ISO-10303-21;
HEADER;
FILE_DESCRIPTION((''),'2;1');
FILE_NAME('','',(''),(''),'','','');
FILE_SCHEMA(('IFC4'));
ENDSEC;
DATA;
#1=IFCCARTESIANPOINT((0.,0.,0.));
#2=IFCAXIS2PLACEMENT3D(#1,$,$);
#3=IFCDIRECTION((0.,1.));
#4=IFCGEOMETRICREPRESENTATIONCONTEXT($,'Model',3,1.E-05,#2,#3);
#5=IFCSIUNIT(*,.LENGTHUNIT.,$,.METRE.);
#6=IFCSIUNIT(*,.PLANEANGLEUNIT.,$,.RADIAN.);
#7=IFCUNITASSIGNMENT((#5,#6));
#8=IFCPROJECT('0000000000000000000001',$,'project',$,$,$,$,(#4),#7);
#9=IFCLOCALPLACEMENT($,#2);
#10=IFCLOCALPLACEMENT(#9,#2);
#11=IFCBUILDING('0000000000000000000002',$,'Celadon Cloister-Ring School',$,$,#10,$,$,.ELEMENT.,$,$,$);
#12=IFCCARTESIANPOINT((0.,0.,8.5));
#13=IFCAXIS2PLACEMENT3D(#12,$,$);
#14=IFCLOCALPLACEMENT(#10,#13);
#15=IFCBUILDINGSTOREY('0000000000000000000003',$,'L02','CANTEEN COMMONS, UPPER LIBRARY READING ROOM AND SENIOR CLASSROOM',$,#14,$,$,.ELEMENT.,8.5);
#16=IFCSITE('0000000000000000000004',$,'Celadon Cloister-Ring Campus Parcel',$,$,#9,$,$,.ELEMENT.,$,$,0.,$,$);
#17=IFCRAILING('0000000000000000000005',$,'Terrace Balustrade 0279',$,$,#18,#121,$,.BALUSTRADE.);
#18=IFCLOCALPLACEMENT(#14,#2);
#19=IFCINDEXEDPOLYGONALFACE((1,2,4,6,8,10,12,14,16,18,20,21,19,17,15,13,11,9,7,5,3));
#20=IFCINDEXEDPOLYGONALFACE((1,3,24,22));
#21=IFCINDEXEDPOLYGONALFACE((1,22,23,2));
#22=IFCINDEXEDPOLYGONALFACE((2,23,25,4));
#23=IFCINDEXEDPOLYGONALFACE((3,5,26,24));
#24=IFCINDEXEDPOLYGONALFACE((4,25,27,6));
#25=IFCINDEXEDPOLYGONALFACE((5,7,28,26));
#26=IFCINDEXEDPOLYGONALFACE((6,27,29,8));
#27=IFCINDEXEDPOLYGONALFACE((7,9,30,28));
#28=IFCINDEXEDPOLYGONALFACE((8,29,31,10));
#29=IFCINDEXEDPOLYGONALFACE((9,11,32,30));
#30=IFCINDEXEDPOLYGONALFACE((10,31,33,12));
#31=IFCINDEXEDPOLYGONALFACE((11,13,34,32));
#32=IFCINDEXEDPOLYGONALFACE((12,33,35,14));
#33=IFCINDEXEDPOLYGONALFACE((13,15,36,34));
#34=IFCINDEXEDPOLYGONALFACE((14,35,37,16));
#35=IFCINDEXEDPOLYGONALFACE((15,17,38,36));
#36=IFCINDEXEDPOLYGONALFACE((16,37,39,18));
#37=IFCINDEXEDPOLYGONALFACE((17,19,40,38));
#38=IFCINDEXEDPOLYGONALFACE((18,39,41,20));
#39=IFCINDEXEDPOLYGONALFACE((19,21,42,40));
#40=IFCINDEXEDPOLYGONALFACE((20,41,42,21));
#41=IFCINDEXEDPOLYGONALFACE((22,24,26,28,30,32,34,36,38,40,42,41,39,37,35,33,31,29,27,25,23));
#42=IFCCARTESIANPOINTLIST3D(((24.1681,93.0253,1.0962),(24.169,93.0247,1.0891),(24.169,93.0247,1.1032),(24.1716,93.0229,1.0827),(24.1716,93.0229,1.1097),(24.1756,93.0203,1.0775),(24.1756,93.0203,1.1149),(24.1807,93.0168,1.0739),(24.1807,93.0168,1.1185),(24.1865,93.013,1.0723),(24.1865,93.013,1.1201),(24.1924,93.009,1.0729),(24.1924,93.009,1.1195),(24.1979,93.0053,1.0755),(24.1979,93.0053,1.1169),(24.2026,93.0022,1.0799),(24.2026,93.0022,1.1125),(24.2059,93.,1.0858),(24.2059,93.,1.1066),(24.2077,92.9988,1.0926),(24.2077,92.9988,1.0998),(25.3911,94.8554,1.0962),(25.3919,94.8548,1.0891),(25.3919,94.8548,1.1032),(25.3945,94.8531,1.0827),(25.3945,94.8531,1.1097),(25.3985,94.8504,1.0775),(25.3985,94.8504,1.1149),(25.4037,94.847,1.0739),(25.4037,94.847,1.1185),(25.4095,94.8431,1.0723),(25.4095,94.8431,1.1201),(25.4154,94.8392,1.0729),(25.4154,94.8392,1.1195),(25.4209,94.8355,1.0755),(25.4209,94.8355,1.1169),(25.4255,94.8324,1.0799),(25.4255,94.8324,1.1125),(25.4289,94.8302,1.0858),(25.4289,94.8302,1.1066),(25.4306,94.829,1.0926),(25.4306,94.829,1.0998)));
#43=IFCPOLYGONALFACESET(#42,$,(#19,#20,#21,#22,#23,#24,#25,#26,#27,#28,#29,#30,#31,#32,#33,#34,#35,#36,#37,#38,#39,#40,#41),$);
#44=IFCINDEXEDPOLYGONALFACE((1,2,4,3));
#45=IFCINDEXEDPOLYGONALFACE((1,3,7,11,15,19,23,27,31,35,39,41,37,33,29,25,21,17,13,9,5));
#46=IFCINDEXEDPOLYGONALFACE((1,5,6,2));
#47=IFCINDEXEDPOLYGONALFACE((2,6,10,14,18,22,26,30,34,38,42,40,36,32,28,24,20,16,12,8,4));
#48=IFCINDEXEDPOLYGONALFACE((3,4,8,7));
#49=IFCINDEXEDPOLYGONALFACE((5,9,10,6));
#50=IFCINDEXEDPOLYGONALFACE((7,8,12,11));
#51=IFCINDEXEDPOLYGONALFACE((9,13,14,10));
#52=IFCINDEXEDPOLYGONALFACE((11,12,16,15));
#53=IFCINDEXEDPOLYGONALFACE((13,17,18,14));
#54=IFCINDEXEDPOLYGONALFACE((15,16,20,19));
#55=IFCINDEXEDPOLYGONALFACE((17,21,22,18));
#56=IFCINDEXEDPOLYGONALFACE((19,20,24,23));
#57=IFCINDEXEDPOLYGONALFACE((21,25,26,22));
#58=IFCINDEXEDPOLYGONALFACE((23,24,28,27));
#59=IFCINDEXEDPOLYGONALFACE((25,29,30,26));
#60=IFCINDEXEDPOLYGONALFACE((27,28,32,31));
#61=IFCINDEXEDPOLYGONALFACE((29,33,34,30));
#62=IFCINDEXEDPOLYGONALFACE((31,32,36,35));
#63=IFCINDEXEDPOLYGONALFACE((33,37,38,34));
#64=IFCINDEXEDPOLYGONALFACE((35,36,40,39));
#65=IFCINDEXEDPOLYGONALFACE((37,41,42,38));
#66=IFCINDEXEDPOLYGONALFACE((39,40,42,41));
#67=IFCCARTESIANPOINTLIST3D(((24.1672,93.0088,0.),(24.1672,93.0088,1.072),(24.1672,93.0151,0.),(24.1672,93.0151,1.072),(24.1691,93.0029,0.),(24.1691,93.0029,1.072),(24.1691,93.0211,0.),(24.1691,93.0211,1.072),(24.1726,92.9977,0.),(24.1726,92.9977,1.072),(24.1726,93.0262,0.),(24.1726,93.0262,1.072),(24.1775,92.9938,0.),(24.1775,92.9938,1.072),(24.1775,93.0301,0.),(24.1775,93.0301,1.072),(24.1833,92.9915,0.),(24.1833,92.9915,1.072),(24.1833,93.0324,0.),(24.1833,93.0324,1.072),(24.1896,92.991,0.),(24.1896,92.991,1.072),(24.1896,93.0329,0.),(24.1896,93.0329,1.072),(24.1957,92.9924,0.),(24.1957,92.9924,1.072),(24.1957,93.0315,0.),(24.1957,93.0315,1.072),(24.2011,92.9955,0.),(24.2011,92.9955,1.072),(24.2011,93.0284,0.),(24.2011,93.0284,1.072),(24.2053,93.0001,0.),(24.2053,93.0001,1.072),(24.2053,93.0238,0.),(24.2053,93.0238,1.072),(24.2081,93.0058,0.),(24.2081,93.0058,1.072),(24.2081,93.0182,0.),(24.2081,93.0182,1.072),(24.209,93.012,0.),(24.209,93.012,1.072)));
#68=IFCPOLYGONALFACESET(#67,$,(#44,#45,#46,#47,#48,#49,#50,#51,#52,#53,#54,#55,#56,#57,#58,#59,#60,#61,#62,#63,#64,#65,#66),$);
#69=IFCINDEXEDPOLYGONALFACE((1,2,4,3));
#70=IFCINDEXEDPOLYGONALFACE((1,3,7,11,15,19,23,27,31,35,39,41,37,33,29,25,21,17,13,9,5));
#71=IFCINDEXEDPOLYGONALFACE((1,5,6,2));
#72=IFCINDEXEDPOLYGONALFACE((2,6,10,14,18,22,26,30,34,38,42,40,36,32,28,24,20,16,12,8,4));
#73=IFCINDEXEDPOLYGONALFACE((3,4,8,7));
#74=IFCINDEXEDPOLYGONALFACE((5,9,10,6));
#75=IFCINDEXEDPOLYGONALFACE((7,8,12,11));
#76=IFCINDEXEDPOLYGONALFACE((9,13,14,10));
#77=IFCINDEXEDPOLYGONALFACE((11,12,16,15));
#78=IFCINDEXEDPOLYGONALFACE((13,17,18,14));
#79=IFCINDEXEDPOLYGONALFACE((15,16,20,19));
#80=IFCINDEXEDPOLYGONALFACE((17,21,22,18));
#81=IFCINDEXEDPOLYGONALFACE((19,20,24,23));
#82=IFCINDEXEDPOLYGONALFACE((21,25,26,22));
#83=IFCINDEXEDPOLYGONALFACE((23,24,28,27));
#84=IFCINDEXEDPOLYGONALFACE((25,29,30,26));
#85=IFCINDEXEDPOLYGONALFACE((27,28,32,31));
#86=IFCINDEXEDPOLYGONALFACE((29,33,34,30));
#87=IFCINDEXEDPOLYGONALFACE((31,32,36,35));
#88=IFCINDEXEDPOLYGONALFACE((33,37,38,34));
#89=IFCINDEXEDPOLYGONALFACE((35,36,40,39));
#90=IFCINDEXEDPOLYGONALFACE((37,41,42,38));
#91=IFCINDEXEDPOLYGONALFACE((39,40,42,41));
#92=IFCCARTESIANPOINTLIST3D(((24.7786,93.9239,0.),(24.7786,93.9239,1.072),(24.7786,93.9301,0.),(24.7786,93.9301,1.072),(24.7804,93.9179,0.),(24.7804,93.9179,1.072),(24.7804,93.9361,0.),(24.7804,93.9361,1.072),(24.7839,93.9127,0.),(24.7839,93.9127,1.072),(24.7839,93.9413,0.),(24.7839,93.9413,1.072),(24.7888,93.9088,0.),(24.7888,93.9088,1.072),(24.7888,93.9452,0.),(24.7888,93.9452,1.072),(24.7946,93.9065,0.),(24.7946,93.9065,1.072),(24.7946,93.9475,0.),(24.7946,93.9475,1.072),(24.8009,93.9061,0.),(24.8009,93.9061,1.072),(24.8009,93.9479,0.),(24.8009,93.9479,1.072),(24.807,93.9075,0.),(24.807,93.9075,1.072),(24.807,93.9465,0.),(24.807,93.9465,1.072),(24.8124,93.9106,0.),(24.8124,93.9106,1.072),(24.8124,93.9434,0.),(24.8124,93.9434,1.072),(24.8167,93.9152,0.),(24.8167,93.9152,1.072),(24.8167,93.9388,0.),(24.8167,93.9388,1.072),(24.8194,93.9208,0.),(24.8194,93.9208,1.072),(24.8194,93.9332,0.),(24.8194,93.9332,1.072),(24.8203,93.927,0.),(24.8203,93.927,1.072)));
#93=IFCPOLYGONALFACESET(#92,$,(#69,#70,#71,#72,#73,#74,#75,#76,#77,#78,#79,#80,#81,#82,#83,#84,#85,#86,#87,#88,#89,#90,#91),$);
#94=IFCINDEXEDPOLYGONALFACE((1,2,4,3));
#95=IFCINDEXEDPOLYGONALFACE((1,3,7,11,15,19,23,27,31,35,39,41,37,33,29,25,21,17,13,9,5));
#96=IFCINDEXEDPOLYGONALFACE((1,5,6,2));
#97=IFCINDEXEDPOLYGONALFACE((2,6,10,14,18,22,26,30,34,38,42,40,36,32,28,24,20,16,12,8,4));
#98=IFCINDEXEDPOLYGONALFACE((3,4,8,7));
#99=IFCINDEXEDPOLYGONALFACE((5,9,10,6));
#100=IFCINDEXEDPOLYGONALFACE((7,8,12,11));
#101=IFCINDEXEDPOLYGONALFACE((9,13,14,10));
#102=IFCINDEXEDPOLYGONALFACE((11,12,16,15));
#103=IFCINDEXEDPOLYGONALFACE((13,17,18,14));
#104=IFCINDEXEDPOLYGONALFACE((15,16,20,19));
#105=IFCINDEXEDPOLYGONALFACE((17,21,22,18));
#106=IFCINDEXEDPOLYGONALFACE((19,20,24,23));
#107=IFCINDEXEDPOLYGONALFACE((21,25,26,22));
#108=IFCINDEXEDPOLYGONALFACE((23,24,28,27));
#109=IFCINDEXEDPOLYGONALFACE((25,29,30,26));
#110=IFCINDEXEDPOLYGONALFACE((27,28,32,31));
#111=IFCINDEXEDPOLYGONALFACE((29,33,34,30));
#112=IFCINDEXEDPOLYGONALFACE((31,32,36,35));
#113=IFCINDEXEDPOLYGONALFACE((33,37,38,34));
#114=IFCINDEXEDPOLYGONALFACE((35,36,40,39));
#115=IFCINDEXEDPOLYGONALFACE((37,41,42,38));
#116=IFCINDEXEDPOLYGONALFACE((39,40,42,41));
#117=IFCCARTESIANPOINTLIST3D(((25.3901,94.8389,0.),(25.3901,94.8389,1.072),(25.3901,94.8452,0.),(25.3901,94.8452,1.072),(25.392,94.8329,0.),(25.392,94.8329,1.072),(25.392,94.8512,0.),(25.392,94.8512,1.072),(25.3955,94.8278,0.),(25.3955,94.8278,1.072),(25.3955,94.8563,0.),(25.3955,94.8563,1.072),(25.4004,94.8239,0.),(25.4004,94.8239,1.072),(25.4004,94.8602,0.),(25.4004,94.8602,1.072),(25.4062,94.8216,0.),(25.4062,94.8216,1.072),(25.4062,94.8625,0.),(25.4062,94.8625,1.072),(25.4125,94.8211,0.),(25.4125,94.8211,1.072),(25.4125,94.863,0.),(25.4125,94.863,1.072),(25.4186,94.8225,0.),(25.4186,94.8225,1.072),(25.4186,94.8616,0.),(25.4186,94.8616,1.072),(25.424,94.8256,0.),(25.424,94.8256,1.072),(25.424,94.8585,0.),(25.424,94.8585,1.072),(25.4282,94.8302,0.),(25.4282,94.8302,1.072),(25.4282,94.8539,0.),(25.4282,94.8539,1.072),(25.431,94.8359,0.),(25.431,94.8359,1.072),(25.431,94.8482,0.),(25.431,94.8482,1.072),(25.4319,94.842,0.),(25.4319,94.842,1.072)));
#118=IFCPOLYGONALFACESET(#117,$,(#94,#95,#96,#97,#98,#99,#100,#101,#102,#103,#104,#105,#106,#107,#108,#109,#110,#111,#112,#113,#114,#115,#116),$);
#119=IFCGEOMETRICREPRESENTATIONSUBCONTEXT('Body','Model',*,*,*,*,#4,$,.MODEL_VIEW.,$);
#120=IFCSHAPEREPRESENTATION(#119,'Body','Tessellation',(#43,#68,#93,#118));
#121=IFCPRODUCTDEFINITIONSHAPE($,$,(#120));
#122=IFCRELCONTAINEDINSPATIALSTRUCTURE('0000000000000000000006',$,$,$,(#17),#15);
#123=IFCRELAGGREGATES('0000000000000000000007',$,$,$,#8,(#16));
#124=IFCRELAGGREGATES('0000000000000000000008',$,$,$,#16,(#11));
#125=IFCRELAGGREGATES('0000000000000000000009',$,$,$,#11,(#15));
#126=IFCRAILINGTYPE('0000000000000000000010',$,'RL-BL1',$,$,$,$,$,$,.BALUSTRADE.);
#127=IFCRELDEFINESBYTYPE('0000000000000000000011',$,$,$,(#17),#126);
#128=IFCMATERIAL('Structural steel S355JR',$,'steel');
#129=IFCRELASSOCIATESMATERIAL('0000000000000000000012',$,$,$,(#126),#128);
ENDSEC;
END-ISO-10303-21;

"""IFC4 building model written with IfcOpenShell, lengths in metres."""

from ifc_helpers import new_model, si_unit, direction, frame, origin, origin_2d, place, context, subcontext, project, spatial, circle, extrude, material, type_object, element, save


model = new_model("IFC4")

# Units and contexts
model_context = context("Model", 3, precision=1e-05, world=origin(), true_north=direction((0.0, 1.0)))
body_context = subcontext(model_context, "Body", "Model", "MODEL_VIEW")
ifc_project = project(units=[si_unit("LENGTHUNIT", "METRE"), si_unit("PLANEANGLEUNIT", "RADIAN")], contexts=[model_context])

# Site, building, storey
site_placement = place(None, origin())
site = spatial("IfcSite", under=ifc_project, at=site_placement, Name="Celadon Cloister-Ring Campus Parcel", CompositionType="ELEMENT", RefElevation=0.0)
building_placement = place(site_placement, origin())
building = spatial("IfcBuilding", under=site, at=building_placement, Name="Celadon Cloister-Ring School", CompositionType="ELEMENT")
storey_placement = place(building_placement, frame((0.0, 0.0, 8.5)))
storey = spatial("IfcBuildingStorey", under=building, at=storey_placement, Name="L02", Description="CANTEEN COMMONS, UPPER LIBRARY READING ROOM AND SENIOR CLASSROOM", CompositionType="ELEMENT", Elevation=8.5)

# Railing
ifc_material_1 = material(Name="Structural steel S355JR", Category="steel")
railing_type = type_object("IfcRailingType", Name="RL-BL1", PredefinedType="BALUSTRADE", material=ifc_material_1)
railing_1_placement = place(storey_placement, frame((24.188, 93.012, 0.0)))
element("IfcRailing", 1, at=railing_1_placement, inside=storey, type_object=railing_type, Name="Terrace Balustrade 0279", PredefinedType="BALUSTRADE", context=body_context, shape_type="SweptSolid", body=[
    extrude(circle(Radius=0.0239, at=origin_2d()), frame((0.0, 0.0, 1.0962), z_axis=(0.555596, 0.831453, 0.0), x_axis=(-0.831453, 0.555596, 0.0)), (0.0, 0.0, 1.0), 2.2012),
    extrude(circle(Radius=0.021, at=origin_2d()), origin(), (0.0, 0.0, 1.0), 1.072),
    extrude(circle(Radius=0.021, at=origin_2d()), frame((0.6113, 0.915, 0.0)), (0.0, 0.0, 1.0), 1.072),
    extrude(circle(Radius=0.021, at=origin_2d()), frame((1.2229, 1.8301, 0.0)), (0.0, 0.0, 1.0), 1.072),
])

save(model, "model.ifc")
